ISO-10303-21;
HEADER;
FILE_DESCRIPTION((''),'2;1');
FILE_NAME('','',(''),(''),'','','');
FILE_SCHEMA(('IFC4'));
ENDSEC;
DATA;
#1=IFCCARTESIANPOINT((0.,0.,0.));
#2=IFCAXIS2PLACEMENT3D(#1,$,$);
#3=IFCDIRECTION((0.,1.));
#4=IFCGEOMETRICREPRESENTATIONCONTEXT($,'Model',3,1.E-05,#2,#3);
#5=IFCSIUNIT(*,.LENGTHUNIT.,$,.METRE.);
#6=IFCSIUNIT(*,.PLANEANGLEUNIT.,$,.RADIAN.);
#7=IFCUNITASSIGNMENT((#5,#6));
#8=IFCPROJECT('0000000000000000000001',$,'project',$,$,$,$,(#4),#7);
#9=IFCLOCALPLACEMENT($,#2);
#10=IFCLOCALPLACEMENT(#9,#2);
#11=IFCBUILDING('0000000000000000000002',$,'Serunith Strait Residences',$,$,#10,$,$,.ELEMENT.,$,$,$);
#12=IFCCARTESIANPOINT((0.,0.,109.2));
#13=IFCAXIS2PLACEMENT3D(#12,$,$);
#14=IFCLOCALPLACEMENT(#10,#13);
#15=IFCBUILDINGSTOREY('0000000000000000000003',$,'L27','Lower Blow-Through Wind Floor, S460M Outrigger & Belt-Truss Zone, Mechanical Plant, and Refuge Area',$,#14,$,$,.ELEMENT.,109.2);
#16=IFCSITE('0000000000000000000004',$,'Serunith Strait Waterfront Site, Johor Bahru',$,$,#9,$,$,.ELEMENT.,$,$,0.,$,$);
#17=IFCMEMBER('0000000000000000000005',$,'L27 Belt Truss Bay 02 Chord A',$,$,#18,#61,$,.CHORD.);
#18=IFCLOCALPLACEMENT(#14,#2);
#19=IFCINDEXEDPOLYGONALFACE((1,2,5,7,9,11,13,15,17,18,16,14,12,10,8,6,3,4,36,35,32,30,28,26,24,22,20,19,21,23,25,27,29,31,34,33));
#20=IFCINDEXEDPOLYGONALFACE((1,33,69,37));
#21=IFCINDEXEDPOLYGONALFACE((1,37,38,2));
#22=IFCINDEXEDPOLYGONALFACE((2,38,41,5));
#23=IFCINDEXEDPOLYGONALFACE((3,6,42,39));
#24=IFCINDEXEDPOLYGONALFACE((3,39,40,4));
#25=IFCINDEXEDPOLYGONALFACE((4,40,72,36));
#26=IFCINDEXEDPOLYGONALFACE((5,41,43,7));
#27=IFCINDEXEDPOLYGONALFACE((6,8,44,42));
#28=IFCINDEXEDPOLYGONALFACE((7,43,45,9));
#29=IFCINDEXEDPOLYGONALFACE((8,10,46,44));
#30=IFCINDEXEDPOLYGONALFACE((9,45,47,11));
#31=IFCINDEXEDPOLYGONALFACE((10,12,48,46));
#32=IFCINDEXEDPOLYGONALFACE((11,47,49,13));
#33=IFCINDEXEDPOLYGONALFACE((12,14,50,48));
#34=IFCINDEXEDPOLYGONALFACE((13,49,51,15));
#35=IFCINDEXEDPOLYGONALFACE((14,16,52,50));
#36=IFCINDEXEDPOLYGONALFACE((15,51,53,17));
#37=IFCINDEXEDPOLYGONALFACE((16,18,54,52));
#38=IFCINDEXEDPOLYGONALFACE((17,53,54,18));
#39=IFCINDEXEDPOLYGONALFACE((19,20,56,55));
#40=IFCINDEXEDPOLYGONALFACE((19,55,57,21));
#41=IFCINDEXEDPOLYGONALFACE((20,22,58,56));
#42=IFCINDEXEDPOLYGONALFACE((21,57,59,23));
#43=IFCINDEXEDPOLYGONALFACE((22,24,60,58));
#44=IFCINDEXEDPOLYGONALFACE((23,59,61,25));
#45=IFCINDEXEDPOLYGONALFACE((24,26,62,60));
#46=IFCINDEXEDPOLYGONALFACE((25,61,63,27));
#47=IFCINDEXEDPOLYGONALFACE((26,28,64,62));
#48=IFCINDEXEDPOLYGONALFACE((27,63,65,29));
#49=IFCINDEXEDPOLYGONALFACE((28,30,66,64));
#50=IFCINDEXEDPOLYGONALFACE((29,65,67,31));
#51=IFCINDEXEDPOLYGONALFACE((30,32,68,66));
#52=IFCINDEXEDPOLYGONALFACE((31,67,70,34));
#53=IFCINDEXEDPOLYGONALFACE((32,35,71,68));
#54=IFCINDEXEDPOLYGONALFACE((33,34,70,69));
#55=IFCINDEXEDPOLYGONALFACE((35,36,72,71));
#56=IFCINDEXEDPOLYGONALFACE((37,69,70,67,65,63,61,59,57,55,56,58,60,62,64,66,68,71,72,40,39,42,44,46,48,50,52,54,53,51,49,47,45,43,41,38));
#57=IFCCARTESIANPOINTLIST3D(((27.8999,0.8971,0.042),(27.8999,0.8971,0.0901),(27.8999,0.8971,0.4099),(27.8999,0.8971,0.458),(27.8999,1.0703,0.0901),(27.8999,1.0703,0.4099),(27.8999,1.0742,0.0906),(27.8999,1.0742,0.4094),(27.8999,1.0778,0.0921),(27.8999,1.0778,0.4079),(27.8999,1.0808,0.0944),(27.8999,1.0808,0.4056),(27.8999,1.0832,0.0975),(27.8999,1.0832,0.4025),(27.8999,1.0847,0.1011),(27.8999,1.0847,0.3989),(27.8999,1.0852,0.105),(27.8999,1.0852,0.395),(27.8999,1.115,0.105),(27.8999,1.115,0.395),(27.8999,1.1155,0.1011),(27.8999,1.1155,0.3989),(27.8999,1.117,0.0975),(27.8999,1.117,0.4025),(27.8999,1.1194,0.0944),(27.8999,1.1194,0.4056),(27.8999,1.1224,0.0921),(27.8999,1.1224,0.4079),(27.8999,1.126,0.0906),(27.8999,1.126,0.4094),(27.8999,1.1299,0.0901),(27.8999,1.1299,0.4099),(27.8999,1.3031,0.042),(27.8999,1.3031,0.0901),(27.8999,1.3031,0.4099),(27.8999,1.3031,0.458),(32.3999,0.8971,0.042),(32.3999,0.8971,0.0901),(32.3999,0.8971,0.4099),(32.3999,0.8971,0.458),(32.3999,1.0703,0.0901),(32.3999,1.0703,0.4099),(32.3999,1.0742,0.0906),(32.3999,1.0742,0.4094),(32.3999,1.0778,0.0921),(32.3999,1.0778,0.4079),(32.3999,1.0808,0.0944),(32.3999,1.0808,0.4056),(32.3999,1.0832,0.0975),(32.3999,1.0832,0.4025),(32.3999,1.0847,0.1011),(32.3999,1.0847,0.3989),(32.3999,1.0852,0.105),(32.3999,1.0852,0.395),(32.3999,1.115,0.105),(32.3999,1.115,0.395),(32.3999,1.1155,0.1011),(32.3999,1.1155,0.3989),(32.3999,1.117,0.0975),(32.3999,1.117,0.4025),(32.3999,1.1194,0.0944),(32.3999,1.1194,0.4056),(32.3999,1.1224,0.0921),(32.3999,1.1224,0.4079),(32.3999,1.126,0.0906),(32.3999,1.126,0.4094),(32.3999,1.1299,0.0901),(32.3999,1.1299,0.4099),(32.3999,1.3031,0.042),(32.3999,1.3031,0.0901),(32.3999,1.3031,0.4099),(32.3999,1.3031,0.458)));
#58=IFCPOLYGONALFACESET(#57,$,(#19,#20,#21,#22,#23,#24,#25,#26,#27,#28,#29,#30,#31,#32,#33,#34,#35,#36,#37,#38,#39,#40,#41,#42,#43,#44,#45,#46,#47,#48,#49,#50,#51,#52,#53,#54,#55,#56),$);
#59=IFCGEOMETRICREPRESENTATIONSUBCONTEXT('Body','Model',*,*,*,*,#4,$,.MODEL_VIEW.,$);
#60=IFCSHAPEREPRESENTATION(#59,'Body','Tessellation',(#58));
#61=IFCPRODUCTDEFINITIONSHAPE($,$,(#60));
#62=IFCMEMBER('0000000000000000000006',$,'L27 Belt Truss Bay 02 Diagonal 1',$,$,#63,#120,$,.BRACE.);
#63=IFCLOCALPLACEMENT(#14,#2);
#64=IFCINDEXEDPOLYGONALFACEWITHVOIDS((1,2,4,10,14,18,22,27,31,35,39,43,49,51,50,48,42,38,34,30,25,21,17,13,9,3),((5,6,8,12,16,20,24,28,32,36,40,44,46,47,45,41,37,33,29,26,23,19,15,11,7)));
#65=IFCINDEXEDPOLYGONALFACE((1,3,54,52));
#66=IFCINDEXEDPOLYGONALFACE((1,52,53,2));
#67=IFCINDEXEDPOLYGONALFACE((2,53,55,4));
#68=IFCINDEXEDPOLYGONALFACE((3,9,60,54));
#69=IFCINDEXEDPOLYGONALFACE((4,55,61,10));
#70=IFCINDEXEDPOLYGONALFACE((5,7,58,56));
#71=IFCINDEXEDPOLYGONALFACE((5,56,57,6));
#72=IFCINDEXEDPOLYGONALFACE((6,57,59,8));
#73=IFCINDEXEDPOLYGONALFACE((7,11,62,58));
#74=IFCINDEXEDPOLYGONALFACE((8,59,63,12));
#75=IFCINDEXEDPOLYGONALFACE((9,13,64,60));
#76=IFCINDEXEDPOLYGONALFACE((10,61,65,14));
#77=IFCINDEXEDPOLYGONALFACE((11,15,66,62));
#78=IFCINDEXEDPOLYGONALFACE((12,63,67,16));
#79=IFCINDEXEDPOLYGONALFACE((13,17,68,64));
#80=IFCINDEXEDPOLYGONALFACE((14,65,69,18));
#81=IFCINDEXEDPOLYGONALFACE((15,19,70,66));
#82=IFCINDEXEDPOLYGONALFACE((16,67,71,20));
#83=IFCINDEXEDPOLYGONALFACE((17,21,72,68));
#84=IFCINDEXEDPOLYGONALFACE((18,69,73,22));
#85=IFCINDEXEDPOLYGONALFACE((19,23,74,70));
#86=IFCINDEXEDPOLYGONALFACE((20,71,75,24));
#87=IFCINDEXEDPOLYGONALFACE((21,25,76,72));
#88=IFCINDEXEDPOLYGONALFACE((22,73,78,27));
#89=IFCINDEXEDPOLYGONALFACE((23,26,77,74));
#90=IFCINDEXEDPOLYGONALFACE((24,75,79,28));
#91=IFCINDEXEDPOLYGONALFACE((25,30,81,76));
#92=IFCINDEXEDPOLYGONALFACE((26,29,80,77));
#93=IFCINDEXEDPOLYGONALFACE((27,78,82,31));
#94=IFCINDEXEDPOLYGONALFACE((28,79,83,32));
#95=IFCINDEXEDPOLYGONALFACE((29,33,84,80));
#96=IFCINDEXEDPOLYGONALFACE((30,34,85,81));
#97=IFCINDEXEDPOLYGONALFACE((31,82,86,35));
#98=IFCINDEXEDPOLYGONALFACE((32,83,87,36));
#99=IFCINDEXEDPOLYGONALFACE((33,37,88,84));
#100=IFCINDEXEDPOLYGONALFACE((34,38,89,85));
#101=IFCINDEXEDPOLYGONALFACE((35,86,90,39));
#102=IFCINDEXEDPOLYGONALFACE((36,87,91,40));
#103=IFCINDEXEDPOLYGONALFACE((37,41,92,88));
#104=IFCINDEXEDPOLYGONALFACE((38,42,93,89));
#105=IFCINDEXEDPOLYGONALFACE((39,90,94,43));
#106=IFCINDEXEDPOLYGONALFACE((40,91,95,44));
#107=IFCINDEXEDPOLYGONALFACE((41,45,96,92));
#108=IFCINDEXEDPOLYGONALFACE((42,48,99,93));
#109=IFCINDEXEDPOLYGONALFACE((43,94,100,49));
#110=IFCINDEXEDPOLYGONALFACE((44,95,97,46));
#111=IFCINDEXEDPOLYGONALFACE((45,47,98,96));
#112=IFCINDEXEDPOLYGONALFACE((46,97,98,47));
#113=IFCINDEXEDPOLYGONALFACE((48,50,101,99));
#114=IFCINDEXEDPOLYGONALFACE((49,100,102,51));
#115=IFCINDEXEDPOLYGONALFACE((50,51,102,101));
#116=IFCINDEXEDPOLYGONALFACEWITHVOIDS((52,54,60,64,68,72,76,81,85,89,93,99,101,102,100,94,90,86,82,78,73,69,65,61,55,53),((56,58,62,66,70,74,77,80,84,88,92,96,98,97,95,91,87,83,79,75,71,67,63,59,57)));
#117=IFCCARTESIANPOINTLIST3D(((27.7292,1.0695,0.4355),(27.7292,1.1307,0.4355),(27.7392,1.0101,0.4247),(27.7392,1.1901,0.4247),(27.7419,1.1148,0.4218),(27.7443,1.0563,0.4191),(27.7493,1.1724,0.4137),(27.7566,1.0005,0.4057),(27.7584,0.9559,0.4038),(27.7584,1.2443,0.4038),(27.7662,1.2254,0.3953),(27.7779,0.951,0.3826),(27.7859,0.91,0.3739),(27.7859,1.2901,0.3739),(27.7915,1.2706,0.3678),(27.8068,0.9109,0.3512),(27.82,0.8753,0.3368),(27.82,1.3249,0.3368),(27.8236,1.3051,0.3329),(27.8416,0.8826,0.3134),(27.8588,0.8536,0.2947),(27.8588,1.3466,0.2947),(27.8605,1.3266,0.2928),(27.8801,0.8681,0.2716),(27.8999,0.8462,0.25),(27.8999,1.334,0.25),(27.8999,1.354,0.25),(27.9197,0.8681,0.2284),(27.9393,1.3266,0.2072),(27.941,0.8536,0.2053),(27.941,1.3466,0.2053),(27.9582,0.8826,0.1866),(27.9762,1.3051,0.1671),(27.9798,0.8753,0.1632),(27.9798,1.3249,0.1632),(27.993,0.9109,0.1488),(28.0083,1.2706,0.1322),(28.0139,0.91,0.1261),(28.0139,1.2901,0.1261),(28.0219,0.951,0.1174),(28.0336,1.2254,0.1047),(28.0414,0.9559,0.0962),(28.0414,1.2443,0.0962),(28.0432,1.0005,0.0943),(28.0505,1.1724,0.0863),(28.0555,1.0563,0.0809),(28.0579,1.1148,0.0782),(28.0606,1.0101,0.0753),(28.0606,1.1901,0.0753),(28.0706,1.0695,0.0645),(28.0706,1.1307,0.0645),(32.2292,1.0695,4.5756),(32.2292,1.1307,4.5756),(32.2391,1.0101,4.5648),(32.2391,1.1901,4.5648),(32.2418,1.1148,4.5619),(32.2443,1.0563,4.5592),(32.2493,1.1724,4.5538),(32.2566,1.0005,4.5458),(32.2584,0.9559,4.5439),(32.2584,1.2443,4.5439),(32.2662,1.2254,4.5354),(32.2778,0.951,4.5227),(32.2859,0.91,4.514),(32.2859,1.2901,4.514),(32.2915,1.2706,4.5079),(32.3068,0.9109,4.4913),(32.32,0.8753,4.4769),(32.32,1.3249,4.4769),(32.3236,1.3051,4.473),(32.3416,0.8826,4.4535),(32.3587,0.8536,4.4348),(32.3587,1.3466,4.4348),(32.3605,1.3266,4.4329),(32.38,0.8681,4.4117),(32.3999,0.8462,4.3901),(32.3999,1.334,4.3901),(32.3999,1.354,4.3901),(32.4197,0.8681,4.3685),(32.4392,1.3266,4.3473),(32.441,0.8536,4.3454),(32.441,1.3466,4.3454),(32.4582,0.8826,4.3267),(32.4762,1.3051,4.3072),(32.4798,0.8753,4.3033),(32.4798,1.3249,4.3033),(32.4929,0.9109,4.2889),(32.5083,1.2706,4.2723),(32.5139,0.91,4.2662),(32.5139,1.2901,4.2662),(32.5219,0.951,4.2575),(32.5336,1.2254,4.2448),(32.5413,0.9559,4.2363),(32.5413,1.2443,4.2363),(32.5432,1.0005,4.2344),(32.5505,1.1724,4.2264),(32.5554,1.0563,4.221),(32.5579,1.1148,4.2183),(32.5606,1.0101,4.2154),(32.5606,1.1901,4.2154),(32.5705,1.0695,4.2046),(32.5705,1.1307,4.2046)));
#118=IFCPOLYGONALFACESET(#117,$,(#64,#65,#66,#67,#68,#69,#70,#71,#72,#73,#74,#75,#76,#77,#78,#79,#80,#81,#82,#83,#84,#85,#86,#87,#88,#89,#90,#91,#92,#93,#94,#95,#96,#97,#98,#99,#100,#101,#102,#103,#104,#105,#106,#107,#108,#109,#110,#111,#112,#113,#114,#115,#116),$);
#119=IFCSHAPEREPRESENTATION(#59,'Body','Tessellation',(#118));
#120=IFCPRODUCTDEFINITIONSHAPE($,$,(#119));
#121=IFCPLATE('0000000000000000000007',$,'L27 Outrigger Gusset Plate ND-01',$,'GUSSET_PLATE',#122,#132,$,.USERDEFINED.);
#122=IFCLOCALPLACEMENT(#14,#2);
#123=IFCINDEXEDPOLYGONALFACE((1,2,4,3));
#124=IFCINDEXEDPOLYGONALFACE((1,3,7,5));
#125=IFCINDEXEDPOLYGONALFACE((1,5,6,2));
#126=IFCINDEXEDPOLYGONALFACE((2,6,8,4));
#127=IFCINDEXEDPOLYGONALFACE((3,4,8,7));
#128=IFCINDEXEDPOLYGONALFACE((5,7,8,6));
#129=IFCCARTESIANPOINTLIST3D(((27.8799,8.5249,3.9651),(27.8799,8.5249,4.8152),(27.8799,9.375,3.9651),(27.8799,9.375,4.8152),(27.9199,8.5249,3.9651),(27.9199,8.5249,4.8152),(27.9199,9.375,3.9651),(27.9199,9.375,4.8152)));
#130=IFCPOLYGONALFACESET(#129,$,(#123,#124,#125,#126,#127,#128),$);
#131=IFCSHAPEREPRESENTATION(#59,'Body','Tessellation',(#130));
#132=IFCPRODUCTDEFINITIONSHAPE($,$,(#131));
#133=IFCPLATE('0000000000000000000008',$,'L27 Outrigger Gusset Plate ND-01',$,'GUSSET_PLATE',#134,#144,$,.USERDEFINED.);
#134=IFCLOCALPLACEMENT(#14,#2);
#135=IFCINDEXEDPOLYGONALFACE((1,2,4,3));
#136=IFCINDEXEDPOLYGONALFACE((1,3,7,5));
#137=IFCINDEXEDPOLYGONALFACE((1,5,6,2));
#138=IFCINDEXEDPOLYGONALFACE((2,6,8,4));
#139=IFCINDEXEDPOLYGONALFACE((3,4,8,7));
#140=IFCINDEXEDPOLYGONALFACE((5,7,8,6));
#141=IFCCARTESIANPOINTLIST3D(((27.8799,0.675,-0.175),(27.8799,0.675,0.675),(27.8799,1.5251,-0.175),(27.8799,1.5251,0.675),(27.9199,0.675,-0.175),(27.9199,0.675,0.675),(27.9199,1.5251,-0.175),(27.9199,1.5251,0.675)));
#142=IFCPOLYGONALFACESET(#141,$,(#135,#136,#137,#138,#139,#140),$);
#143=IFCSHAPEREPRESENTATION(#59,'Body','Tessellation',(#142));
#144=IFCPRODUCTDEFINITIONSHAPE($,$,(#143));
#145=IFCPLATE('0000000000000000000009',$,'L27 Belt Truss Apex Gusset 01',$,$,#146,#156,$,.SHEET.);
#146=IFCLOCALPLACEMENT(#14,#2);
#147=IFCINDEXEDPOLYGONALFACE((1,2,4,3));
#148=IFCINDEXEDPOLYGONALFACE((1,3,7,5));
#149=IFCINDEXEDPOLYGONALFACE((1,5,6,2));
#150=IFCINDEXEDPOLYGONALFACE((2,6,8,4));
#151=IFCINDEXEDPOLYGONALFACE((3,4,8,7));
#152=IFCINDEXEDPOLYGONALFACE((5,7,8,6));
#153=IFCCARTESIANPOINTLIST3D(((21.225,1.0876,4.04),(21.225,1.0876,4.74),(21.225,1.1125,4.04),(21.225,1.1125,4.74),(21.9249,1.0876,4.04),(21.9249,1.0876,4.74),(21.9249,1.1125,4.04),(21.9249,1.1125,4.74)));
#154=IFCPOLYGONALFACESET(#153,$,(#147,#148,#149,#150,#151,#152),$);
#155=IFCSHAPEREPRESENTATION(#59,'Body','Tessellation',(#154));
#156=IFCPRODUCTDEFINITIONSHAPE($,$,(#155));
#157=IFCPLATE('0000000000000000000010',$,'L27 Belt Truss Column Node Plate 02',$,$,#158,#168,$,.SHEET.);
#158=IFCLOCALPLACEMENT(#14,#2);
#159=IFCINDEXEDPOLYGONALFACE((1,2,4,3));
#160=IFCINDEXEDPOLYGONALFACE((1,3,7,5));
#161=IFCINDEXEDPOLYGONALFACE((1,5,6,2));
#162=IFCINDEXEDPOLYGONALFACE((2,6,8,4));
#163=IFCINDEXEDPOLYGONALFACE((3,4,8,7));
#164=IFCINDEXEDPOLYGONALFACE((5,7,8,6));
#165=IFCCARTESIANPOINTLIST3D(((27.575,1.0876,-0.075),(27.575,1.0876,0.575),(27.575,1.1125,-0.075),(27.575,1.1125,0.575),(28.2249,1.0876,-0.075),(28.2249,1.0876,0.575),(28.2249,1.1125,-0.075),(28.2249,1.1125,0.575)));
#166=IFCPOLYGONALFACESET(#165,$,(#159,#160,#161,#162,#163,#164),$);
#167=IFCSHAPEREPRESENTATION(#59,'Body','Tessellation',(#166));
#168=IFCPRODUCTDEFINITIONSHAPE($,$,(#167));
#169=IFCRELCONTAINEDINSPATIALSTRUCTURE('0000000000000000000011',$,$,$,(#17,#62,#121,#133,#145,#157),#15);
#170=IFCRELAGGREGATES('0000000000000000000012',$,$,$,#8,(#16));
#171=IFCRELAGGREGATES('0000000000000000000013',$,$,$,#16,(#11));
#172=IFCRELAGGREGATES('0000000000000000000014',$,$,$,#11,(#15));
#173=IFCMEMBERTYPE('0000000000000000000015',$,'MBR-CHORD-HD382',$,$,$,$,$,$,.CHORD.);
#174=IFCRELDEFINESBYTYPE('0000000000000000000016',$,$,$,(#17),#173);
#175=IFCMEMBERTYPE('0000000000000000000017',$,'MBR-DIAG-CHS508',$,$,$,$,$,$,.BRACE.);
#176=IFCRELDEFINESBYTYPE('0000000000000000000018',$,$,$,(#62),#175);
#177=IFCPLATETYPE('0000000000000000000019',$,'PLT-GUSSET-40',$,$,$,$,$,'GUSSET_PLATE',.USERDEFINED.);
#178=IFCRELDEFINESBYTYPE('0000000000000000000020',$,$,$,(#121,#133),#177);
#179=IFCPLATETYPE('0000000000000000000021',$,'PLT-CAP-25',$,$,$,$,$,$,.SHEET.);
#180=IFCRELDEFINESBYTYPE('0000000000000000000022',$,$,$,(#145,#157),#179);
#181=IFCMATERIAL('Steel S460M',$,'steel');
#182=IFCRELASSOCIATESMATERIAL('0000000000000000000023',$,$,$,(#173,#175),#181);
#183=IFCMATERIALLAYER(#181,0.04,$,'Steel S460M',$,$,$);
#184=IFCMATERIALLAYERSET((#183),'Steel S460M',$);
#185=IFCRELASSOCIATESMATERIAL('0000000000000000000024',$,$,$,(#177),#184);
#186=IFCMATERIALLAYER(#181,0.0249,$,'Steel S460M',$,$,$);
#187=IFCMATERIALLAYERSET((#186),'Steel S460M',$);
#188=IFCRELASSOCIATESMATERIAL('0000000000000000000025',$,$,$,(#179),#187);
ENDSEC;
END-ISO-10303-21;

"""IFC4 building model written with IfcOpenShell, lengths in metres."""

from ifc_helpers import new_model, si_unit, direction, frame, origin, origin_2d, place, context, subcontext, project, spatial, rectangle, hollow_circle, i_section, extrude, source, transform, mapped, material, layer, layer_set, material_profile, profile_set, type_object, element, save


model = new_model("IFC4")

# Units and contexts
model_context = context("Model", 3, precision=1e-05, world=origin(), true_north=direction((0.0, 1.0)))
body_context = subcontext(model_context, "Body", "Model", "MODEL_VIEW")
ifc_project = project(units=[si_unit("LENGTHUNIT", "METRE"), si_unit("PLANEANGLEUNIT", "RADIAN")], contexts=[model_context])

# Site, building, storey
site_placement = place(None, origin())
site = spatial("IfcSite", under=ifc_project, at=site_placement, Name="Serunith Strait Waterfront Site, Johor Bahru", CompositionType="ELEMENT", RefElevation=0.0)
building_placement = place(site_placement, origin())
building = spatial("IfcBuilding", under=site, at=building_placement, Name="Serunith Strait Residences", CompositionType="ELEMENT")
storey_placement = place(building_placement, frame((0.0, 0.0, 109.2)))
storey = spatial("IfcBuildingStorey", under=building, at=storey_placement, Name="L27", Description="Lower Blow-Through Wind Floor, S460M Outrigger & Belt-Truss Zone, Mechanical Plant, and Refuge Area", CompositionType="ELEMENT", Elevation=109.2)

# Members
ifc_material_1 = material(Name="Steel S460M", Category="steel")
ifc_material_profile_1 = material_profile(ifc_material_1, i_section(OverallWidth=0.406, OverallDepth=0.416, WebThickness=0.0298, FlangeThickness=0.0481, FilletRadius=0.0149, at=origin_2d()), Name="HD 400x382")
ifc_profile_set_1 = profile_set([ifc_material_profile_1], Name="Steel S460M")
member_type_1 = type_object("IfcMemberType", Name="MBR-CHORD-HD382", PredefinedType="CHORD", material=ifc_profile_set_1)
ifc_material_profile_2 = material_profile(ifc_material_1, hollow_circle(Radius=0.2539, WallThickness=0.02, at=origin_2d()), Name="CHS 508x20")
ifc_profile_set_2 = profile_set([ifc_material_profile_2], Name="Steel S460M")
member_type_2 = type_object("IfcMemberType", Name="MBR-DIAG-CHS508", PredefinedType="BRACE", material=ifc_profile_set_2)
shared_shape_1 = source(origin(), body_context, "Body", "SweptSolid", [
    extrude(i_section(OverallWidth=0.406, OverallDepth=0.416, WebThickness=0.0298, FlangeThickness=0.0481, FilletRadius=0.0149, at=origin_2d()), origin(), (0.0, 0.0, 1.0), 4.5),
])
member_1_placement = place(storey_placement, frame((27.8999, 1.1001, 0.25), z_axis=(1.0, 0.0, 0.0), x_axis=(0.0, 1.0, 0.0)))
element("IfcMember", 1, at=member_1_placement, inside=storey, type_object=member_type_1, Name="L27 Belt Truss Bay 02 Chord A", PredefinedType="CHORD", context=body_context, shape_type="MappedRepresentation", body=[
    mapped(shared_shape_1, transform((0.0, 0.0, 0.0), scale=1.0)),
])
shared_shape_2 = source(origin(), body_context, "Body", "SweptSolid", [
    extrude(hollow_circle(Radius=0.2539, WallThickness=0.02, at=origin_2d()), origin(), (0.0, 0.0, 1.0), 6.1147),
])
member_2_placement = place(storey_placement, frame((27.8999, 1.1001, 0.25), z_axis=(0.73592, 0.0, 0.677069), x_axis=(0.0, 1.0, 0.0)))
element("IfcMember", 2, at=member_2_placement, inside=storey, type_object=member_type_2, Name="L27 Belt Truss Bay 02 Diagonal 1", PredefinedType="BRACE", context=body_context, shape_type="MappedRepresentation", body=[
    mapped(shared_shape_2, transform((0.0, 0.0, 0.0), scale=1.0)),
])

# Plates
ifc_layer_1 = layer(ifc_material_1, 0.04, Name="Steel S460M")
ifc_layer_set_1 = layer_set([ifc_layer_1], Name="Steel S460M")
plate_type_1 = type_object("IfcPlateType", Name="PLT-GUSSET-40", ElementType="GUSSET_PLATE", PredefinedType="USERDEFINED", material=ifc_layer_set_1)
shared_shape_3 = source(origin(), body_context, "Body", "SweptSolid", [
    extrude(rectangle(XDim=0.8501, YDim=0.04, at=origin_2d()), origin(), (0.0, 0.0, 1.0), 0.8501),
])
for number, where, z_axis, x_axis, name in (
    (3, (27.8999, 8.95, 3.9651), (0.0, 0.0, 1.0), (0.0, -1.0, 0.0), "L27 Outrigger Gusset Plate ND-01"),
    (4, (27.8999, 1.1001, -0.175), (0.0, 0.0, 1.0), (0.0, -1.0, 0.0), "L27 Outrigger Gusset Plate ND-01"),
):
    element("IfcPlate", number, at=place(storey_placement, frame(where, z_axis=z_axis, x_axis=x_axis)), inside=storey, type_object=plate_type_1, Name=name, ObjectType="GUSSET_PLATE", PredefinedType="USERDEFINED", context=body_context, shape_type="MappedRepresentation", body=[
        mapped(shared_shape_3, transform((0.0, 0.0, 0.0), scale=1.0)),
    ])
ifc_layer_2 = layer(ifc_material_1, 0.0249, Name="Steel S460M")
ifc_layer_set_2 = layer_set([ifc_layer_2], Name="Steel S460M")
plate_type_2 = type_object("IfcPlateType", Name="PLT-CAP-25", PredefinedType="SHEET", material=ifc_layer_set_2)
shared_shape_4 = source(origin(), body_context, "Body", "SweptSolid", [
    extrude(rectangle(XDim=0.7, YDim=0.0249, at=origin_2d()), origin(), (0.0, 0.0, 1.0), 0.7),
])
plate_1_placement = place(storey_placement, frame((21.575, 1.1001, 4.04), z_axis=(0.0, 0.0, 1.0), x_axis=(1.0, 0.0, 0.0)))
element("IfcPlate", 5, at=plate_1_placement, inside=storey, type_object=plate_type_2, Name="L27 Belt Truss Apex Gusset 01", PredefinedType="SHEET", context=body_context, shape_type="MappedRepresentation", body=[
    mapped(shared_shape_4, transform((0.0, 0.0, 0.0), scale=1.0)),
])
shared_shape_5 = source(origin(), body_context, "Body", "SweptSolid", [
    extrude(rectangle(XDim=0.6499, YDim=0.0249, at=origin_2d()), origin(), (0.0, 0.0, 1.0), 0.6499),
])
plate_2_placement = place(storey_placement, frame((27.8999, 1.1001, -0.075), z_axis=(0.0, 0.0, 1.0), x_axis=(1.0, 0.0, 0.0)))
element("IfcPlate", 6, at=plate_2_placement, inside=storey, type_object=plate_type_2, Name="L27 Belt Truss Column Node Plate 02", PredefinedType="SHEET", context=body_context, shape_type="MappedRepresentation", body=[
    mapped(shared_shape_5, transform((0.0, 0.0, 0.0), scale=1.0)),
])

save(model, "model.ifc")
